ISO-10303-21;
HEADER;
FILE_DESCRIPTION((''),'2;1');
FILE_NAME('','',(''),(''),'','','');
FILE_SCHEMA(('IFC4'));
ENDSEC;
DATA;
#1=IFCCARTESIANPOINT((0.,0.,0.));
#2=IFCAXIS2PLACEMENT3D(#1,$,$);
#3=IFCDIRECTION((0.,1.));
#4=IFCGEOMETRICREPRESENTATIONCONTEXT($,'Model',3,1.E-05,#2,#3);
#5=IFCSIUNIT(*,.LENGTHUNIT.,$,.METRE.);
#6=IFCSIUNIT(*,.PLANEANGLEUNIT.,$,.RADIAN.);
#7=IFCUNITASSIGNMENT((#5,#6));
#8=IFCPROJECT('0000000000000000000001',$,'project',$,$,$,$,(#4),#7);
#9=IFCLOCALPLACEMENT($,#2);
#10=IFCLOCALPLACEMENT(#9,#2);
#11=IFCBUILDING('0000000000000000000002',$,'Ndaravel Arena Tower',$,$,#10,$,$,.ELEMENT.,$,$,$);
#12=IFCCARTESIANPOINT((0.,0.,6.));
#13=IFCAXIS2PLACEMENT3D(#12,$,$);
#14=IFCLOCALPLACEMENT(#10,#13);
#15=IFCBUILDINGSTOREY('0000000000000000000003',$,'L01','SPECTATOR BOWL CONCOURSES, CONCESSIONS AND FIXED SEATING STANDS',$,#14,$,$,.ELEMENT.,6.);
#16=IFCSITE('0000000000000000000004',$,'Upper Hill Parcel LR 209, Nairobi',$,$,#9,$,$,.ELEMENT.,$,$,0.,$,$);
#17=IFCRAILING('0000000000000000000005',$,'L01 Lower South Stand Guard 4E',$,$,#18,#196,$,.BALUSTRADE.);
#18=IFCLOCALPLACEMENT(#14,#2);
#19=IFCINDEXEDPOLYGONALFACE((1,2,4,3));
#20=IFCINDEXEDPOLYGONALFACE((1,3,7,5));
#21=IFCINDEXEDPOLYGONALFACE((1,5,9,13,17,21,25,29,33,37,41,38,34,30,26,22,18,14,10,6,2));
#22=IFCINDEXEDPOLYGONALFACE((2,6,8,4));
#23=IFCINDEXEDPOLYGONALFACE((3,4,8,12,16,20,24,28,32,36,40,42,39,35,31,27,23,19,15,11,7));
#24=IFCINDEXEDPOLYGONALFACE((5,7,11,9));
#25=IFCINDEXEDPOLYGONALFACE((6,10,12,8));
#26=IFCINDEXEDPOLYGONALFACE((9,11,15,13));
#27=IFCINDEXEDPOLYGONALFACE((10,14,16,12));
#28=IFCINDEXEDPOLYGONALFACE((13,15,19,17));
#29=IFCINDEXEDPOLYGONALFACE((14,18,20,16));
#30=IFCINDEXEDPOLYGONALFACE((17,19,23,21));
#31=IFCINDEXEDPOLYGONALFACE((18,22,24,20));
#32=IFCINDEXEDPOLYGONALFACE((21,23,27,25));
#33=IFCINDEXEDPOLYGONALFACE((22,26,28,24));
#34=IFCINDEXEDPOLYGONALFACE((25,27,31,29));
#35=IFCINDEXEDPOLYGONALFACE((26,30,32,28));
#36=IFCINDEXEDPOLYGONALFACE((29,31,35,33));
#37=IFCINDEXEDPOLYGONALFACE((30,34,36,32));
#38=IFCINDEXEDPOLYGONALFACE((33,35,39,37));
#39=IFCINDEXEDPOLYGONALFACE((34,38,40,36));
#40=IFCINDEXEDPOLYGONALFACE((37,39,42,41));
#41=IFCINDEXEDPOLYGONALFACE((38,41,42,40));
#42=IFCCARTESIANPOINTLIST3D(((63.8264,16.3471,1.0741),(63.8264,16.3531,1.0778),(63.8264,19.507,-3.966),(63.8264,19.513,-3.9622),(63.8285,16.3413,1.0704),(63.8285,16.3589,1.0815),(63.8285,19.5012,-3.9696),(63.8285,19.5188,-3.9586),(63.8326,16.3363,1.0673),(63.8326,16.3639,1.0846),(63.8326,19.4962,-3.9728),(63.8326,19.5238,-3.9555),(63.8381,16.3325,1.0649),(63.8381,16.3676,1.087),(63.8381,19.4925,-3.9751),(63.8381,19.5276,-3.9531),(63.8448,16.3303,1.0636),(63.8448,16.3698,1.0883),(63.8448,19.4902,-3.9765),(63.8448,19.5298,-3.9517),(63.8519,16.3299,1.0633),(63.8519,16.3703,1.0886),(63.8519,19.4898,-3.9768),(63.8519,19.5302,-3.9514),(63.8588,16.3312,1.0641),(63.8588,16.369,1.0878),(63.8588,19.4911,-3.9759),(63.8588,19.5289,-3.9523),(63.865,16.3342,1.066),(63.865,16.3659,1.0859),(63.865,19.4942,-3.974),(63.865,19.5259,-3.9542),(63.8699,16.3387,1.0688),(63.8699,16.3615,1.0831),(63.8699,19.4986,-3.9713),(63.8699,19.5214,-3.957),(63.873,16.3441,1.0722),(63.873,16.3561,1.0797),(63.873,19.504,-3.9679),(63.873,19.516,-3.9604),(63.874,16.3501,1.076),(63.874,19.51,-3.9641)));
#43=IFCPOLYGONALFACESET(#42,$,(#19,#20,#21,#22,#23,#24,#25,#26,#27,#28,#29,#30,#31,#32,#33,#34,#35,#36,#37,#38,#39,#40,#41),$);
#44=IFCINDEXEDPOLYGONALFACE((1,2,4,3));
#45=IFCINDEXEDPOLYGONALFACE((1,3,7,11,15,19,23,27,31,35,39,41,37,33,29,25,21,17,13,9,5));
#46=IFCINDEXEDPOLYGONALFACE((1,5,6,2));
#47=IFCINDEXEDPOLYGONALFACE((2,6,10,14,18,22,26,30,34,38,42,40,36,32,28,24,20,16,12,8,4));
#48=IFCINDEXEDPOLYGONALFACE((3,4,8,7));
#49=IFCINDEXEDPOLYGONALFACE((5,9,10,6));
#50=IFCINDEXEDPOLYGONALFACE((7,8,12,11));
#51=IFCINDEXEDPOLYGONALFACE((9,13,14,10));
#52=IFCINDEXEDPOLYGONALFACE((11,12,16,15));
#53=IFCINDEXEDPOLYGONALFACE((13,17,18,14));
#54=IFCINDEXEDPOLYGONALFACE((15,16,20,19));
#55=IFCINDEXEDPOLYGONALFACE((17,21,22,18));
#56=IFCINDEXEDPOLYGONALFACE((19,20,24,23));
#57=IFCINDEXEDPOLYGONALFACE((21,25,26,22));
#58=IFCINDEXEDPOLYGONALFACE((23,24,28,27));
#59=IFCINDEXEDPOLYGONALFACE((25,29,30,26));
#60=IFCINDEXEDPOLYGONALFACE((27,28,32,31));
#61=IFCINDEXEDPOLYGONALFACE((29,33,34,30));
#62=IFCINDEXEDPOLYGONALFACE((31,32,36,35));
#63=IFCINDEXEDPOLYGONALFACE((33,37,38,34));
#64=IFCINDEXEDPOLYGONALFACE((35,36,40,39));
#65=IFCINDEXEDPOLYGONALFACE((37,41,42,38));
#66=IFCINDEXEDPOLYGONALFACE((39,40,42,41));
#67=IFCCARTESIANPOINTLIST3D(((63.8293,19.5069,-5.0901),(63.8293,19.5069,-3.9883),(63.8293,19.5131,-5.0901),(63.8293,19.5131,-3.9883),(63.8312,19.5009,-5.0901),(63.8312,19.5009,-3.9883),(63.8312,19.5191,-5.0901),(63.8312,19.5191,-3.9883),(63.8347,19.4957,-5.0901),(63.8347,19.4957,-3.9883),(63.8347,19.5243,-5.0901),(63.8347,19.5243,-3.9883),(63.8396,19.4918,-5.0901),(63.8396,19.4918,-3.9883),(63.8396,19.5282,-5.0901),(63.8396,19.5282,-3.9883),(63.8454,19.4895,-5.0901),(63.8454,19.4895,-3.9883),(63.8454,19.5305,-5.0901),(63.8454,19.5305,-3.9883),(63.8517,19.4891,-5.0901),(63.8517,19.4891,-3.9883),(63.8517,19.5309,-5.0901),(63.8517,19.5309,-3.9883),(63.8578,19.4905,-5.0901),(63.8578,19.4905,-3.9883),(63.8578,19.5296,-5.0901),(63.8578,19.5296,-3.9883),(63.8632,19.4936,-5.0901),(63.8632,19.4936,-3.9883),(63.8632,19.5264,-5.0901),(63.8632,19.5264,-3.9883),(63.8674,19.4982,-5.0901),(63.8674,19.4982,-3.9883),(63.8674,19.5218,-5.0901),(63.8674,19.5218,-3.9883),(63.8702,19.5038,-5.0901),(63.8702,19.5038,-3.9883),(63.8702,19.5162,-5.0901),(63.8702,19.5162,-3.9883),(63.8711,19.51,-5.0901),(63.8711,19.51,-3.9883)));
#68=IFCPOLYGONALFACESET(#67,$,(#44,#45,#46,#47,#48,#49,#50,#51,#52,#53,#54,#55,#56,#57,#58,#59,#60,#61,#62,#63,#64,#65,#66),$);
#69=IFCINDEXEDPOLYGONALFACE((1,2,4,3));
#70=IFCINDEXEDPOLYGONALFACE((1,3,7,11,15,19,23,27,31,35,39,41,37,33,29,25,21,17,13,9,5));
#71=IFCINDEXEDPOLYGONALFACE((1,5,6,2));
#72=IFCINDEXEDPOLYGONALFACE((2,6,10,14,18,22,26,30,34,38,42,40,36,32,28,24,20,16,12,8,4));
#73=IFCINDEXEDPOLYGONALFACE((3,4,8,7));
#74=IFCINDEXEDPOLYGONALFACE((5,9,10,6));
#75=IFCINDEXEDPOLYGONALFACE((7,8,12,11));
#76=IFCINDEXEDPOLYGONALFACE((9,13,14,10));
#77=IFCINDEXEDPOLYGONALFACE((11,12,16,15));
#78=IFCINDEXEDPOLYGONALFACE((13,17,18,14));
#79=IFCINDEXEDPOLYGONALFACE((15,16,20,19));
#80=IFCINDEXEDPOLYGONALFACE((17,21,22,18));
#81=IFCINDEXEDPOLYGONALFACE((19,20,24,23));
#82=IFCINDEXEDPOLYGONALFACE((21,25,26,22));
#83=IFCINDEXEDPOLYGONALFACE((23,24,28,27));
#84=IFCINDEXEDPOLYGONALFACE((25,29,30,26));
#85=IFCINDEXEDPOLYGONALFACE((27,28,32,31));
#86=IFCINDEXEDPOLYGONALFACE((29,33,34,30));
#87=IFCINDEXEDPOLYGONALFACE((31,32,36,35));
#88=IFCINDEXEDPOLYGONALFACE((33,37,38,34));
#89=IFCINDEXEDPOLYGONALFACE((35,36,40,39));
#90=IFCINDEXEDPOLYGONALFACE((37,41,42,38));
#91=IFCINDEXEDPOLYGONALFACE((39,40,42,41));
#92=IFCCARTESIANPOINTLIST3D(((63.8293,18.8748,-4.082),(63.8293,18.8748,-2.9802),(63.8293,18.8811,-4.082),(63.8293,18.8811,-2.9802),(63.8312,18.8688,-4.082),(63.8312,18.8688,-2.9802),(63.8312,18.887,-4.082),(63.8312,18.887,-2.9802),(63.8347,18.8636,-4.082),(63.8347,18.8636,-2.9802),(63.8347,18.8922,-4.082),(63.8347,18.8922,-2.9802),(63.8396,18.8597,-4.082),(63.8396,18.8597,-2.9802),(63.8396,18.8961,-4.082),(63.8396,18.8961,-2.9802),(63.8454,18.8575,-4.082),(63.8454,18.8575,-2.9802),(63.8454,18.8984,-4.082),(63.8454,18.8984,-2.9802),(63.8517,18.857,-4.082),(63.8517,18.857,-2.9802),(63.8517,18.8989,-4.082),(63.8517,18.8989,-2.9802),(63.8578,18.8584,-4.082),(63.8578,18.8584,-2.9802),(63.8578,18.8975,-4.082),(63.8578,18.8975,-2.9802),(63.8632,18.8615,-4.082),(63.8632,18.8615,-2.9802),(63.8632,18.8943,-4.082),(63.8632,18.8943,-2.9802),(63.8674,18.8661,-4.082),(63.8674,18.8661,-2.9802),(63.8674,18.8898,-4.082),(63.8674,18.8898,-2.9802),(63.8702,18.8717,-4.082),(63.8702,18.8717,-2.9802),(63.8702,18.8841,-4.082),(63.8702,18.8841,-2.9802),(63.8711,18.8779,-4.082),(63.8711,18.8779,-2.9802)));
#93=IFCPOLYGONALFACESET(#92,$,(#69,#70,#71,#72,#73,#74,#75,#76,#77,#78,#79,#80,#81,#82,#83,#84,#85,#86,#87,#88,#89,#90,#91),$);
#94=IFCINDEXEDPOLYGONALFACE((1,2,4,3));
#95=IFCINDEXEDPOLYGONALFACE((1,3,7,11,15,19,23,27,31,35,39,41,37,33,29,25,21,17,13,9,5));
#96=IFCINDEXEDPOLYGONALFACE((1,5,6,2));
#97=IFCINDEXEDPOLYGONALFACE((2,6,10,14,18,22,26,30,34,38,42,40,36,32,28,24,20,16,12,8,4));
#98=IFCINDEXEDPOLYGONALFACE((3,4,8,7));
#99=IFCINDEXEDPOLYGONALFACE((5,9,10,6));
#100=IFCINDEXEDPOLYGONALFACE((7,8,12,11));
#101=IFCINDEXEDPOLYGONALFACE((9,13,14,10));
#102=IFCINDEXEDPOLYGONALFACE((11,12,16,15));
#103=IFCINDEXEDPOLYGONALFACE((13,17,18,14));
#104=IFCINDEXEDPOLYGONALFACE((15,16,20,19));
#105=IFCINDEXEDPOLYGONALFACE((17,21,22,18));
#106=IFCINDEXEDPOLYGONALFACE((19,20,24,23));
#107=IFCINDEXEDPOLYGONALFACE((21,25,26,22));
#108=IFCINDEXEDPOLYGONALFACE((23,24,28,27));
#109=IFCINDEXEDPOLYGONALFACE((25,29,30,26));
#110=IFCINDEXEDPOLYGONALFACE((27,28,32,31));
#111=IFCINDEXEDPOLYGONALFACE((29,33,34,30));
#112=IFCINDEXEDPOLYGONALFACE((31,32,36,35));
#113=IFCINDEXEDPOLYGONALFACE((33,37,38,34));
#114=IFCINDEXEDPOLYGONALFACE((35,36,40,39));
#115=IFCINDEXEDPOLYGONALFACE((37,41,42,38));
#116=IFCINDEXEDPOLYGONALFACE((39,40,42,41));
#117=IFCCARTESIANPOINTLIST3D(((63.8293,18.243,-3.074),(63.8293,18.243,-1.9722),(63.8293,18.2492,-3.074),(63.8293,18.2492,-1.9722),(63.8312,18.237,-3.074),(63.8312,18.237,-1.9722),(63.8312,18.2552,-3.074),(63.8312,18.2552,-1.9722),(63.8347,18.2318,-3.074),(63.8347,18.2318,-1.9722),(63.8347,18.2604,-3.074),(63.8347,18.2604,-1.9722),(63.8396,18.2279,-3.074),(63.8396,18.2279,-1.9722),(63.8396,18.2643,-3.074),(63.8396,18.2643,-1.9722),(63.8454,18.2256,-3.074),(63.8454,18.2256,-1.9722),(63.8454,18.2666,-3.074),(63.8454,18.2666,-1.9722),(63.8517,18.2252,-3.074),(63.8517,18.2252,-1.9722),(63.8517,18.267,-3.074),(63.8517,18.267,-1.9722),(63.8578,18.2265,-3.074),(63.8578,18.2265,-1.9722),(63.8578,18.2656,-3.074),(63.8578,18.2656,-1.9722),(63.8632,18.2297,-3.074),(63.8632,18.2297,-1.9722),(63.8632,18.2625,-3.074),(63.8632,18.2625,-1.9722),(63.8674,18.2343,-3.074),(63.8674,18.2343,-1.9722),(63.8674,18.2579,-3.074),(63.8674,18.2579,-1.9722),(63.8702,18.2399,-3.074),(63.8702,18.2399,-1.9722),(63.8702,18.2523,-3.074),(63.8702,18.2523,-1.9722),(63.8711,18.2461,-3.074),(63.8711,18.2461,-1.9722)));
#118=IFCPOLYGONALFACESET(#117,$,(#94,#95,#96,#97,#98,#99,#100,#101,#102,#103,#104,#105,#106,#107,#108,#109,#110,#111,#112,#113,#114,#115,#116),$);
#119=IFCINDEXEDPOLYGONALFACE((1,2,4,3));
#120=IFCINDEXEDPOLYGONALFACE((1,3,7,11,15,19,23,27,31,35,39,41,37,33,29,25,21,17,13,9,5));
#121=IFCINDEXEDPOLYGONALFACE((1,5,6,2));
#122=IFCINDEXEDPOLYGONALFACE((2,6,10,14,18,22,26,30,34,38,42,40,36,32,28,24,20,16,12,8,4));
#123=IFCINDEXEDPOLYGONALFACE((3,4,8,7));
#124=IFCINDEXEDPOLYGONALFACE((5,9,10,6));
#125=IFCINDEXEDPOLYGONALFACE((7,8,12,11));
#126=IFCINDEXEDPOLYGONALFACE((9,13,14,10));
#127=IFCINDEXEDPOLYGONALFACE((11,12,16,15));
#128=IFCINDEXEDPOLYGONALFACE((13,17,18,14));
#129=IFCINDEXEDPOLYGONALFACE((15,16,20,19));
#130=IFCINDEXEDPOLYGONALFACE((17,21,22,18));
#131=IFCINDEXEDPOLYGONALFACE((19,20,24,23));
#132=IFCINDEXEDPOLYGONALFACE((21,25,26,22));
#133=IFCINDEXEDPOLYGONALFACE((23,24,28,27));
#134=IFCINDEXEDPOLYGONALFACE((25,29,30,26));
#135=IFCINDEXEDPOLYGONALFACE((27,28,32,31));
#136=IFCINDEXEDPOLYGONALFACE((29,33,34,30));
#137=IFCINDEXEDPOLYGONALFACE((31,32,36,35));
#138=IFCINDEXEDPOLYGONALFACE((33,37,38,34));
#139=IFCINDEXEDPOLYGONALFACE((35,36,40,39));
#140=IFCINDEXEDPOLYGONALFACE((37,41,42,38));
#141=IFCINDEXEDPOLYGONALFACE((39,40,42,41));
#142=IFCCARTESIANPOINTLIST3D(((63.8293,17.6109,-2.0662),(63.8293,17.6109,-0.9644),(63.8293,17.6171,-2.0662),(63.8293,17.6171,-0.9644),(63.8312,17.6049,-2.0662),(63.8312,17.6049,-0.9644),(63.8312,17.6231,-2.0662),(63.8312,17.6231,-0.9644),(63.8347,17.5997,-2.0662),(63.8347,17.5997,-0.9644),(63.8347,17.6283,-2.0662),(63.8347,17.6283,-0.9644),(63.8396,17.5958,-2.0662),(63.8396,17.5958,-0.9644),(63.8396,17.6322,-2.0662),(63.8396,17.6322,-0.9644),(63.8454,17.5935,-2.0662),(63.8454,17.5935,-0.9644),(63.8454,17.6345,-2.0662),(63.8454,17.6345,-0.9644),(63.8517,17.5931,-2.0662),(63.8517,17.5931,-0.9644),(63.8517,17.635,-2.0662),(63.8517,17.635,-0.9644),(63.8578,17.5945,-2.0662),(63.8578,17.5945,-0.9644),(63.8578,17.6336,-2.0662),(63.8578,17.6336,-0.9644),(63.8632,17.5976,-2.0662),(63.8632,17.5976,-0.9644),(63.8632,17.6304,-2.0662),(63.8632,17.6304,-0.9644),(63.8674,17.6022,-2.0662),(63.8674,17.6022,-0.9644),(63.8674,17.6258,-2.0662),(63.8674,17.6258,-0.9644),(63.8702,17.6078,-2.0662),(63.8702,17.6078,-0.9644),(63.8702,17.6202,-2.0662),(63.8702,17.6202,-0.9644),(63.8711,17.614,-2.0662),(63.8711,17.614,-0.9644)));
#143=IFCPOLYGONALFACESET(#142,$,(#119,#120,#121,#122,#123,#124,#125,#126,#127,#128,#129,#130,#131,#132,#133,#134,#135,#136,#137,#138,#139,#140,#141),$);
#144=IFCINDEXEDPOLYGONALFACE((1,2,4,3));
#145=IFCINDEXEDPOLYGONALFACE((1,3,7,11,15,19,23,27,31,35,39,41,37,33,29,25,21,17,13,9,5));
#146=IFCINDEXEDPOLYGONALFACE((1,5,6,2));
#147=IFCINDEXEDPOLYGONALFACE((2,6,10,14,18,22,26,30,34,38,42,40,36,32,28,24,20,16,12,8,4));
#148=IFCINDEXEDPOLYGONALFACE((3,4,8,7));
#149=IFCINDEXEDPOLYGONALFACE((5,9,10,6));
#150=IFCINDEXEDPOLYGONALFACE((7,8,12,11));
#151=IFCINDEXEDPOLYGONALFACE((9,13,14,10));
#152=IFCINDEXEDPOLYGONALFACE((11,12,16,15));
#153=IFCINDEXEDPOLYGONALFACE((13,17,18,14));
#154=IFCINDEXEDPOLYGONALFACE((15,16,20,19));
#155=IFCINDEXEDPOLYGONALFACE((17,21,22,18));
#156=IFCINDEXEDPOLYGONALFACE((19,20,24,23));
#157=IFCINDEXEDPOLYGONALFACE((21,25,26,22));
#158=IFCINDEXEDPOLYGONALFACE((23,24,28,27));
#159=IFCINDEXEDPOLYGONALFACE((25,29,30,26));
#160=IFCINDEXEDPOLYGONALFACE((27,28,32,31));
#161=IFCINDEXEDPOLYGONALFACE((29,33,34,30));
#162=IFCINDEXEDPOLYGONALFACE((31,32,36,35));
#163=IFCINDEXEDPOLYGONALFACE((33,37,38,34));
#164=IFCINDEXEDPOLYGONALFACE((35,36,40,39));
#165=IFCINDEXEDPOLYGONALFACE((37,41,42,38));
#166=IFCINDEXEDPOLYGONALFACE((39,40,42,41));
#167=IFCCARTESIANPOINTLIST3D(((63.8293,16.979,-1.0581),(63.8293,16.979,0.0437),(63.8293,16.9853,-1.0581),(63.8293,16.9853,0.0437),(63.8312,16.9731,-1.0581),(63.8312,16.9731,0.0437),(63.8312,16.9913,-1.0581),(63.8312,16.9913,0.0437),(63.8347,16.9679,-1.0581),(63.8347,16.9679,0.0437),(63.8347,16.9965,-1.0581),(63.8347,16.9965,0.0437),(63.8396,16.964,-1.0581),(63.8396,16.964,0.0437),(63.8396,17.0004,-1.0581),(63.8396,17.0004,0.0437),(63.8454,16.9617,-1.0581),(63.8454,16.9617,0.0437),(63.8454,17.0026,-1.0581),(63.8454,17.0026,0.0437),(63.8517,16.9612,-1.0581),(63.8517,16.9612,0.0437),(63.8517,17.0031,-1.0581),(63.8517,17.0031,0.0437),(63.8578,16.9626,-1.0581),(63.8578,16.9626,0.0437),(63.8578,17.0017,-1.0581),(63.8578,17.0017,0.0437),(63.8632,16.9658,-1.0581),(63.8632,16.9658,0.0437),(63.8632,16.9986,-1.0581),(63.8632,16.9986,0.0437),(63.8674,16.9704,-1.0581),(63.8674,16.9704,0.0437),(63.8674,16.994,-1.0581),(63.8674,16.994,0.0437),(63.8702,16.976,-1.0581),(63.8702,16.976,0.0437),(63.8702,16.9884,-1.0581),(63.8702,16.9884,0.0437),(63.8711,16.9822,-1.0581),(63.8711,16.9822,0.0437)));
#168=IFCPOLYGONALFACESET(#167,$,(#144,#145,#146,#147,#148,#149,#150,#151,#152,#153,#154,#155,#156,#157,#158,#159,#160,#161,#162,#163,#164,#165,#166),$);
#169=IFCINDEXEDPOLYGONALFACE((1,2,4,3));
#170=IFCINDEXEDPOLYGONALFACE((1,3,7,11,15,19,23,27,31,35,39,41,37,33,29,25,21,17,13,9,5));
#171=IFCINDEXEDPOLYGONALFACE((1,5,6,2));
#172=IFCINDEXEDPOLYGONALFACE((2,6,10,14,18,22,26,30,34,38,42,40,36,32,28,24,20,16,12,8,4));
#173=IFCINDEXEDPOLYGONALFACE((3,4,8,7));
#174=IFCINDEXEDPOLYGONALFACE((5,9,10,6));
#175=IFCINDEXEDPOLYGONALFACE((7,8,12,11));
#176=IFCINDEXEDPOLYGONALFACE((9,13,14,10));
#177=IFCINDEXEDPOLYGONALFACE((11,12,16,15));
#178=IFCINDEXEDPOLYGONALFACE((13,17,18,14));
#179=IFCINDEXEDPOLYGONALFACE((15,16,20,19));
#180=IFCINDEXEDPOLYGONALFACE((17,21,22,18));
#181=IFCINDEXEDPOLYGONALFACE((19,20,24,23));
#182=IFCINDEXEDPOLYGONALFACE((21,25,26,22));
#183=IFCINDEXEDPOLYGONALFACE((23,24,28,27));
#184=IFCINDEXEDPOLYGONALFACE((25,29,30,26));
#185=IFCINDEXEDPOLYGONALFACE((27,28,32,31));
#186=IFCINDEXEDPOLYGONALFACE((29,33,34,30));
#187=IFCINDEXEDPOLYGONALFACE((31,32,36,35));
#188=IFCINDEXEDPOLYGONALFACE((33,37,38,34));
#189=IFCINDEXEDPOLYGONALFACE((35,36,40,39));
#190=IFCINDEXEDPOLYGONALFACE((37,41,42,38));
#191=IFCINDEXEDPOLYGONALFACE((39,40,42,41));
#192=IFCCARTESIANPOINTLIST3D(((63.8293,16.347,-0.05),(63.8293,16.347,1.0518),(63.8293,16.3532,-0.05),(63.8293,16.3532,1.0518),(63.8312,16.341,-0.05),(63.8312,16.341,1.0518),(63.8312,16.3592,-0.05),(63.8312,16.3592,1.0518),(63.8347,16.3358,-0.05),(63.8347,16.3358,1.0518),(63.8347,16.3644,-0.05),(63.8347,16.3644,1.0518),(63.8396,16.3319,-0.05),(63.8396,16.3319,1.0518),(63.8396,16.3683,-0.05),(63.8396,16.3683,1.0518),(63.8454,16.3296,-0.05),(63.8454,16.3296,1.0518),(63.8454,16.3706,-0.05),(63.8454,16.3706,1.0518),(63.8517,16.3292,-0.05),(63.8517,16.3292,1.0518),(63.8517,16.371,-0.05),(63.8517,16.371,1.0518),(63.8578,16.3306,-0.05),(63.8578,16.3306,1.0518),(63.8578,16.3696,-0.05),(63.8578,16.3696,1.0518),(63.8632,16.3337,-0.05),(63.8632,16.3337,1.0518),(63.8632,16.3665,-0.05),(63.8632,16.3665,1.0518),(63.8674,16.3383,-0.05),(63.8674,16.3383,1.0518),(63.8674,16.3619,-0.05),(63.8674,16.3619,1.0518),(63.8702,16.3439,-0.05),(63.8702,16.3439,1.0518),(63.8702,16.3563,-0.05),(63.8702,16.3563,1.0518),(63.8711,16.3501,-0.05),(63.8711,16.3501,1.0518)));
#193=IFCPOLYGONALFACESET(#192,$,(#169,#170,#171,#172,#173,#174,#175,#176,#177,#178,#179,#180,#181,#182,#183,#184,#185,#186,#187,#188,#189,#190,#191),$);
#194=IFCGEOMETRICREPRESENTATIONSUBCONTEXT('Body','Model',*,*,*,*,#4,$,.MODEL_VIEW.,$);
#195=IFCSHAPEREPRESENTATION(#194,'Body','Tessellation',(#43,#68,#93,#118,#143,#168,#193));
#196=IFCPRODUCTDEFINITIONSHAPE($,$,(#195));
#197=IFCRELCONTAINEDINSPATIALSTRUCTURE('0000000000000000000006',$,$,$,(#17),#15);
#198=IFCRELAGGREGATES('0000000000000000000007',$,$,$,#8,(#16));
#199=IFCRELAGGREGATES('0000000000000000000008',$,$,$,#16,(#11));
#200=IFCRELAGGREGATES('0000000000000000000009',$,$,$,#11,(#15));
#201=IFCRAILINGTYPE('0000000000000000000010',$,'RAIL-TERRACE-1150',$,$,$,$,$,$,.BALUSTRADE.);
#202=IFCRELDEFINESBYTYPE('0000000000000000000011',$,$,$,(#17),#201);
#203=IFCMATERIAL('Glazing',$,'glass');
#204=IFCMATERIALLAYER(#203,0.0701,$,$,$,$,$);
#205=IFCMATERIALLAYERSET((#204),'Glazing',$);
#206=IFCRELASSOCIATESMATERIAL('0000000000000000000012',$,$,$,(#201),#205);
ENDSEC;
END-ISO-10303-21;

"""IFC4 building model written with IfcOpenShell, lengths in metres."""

from ifc_helpers import new_model, si_unit, direction, frame, origin, origin_2d, place, context, subcontext, project, spatial, circle, extrude, material, layer, layer_set, type_object, element, save


model = new_model("IFC4")

# Units and contexts
model_context = context("Model", 3, precision=1e-05, world=origin(), true_north=direction((0.0, 1.0)))
body_context = subcontext(model_context, "Body", "Model", "MODEL_VIEW")
ifc_project = project(units=[si_unit("LENGTHUNIT", "METRE"), si_unit("PLANEANGLEUNIT", "RADIAN")], contexts=[model_context])

# Site, building, storey
site_placement = place(None, origin())
site = spatial("IfcSite", under=ifc_project, at=site_placement, Name="Upper Hill Parcel LR 209, Nairobi", CompositionType="ELEMENT", RefElevation=0.0)
building_placement = place(site_placement, origin())
building = spatial("IfcBuilding", under=site, at=building_placement, Name="Ndaravel Arena Tower", CompositionType="ELEMENT")
storey_placement = place(building_placement, frame((0.0, 0.0, 6.0)))
storey = spatial("IfcBuildingStorey", under=building, at=storey_placement, Name="L01", Description="SPECTATOR BOWL CONCOURSES, CONCESSIONS AND FIXED SEATING STANDS", CompositionType="ELEMENT", Elevation=6.0)

# Railing
ifc_material_1 = material(Name="Glazing", Category="glass")
ifc_layer_1 = layer(ifc_material_1, 0.0701)
ifc_layer_set_1 = layer_set([ifc_layer_1], Name="Glazing")
railing_type_1 = type_object("IfcRailingType", Name="RAIL-TERRACE-1150", PredefinedType="BALUSTRADE", material=ifc_layer_set_1)
railing_1_placement = place(storey_placement, frame((63.8501, 19.51, -5.0901)))
element("IfcRailing", 1, at=railing_1_placement, inside=storey, type_object=railing_type_1, Name="L01 Lower South Stand Guard 4E", PredefinedType="BALUSTRADE", context=body_context, shape_type="SweptSolid", body=[
    extrude(circle(Radius=0.0239, at=origin_2d()), frame((0.0, 0.0, 1.126), z_axis=(0.0, -0.531194, 0.84725), x_axis=(1.0, 0.0, 0.0)), (0.0, 0.0, 1.0), 5.9487),
    extrude(circle(Radius=0.021, at=origin_2d()), origin(), (0.0, 0.0, 1.0), 1.1018),
    extrude(circle(Radius=0.021, at=origin_2d()), frame((0.0, -0.6321, 1.0081)), (0.0, 0.0, 1.0), 1.1018),
    extrude(circle(Radius=0.021, at=origin_2d()), frame((0.0, -1.2639, 2.0161)), (0.0, 0.0, 1.0), 1.1018),
    extrude(circle(Radius=0.021, at=origin_2d()), frame((0.0, -1.896, 3.0239)), (0.0, 0.0, 1.0), 1.1018),
    extrude(circle(Radius=0.021, at=origin_2d()), frame((0.0, -2.5278, 4.032)), (0.0, 0.0, 1.0), 1.1018),
    extrude(circle(Radius=0.021, at=origin_2d()), frame((0.0, -3.1599, 5.04)), (0.0, 0.0, 1.0), 1.1018),
])

save(model, "model.ifc")
